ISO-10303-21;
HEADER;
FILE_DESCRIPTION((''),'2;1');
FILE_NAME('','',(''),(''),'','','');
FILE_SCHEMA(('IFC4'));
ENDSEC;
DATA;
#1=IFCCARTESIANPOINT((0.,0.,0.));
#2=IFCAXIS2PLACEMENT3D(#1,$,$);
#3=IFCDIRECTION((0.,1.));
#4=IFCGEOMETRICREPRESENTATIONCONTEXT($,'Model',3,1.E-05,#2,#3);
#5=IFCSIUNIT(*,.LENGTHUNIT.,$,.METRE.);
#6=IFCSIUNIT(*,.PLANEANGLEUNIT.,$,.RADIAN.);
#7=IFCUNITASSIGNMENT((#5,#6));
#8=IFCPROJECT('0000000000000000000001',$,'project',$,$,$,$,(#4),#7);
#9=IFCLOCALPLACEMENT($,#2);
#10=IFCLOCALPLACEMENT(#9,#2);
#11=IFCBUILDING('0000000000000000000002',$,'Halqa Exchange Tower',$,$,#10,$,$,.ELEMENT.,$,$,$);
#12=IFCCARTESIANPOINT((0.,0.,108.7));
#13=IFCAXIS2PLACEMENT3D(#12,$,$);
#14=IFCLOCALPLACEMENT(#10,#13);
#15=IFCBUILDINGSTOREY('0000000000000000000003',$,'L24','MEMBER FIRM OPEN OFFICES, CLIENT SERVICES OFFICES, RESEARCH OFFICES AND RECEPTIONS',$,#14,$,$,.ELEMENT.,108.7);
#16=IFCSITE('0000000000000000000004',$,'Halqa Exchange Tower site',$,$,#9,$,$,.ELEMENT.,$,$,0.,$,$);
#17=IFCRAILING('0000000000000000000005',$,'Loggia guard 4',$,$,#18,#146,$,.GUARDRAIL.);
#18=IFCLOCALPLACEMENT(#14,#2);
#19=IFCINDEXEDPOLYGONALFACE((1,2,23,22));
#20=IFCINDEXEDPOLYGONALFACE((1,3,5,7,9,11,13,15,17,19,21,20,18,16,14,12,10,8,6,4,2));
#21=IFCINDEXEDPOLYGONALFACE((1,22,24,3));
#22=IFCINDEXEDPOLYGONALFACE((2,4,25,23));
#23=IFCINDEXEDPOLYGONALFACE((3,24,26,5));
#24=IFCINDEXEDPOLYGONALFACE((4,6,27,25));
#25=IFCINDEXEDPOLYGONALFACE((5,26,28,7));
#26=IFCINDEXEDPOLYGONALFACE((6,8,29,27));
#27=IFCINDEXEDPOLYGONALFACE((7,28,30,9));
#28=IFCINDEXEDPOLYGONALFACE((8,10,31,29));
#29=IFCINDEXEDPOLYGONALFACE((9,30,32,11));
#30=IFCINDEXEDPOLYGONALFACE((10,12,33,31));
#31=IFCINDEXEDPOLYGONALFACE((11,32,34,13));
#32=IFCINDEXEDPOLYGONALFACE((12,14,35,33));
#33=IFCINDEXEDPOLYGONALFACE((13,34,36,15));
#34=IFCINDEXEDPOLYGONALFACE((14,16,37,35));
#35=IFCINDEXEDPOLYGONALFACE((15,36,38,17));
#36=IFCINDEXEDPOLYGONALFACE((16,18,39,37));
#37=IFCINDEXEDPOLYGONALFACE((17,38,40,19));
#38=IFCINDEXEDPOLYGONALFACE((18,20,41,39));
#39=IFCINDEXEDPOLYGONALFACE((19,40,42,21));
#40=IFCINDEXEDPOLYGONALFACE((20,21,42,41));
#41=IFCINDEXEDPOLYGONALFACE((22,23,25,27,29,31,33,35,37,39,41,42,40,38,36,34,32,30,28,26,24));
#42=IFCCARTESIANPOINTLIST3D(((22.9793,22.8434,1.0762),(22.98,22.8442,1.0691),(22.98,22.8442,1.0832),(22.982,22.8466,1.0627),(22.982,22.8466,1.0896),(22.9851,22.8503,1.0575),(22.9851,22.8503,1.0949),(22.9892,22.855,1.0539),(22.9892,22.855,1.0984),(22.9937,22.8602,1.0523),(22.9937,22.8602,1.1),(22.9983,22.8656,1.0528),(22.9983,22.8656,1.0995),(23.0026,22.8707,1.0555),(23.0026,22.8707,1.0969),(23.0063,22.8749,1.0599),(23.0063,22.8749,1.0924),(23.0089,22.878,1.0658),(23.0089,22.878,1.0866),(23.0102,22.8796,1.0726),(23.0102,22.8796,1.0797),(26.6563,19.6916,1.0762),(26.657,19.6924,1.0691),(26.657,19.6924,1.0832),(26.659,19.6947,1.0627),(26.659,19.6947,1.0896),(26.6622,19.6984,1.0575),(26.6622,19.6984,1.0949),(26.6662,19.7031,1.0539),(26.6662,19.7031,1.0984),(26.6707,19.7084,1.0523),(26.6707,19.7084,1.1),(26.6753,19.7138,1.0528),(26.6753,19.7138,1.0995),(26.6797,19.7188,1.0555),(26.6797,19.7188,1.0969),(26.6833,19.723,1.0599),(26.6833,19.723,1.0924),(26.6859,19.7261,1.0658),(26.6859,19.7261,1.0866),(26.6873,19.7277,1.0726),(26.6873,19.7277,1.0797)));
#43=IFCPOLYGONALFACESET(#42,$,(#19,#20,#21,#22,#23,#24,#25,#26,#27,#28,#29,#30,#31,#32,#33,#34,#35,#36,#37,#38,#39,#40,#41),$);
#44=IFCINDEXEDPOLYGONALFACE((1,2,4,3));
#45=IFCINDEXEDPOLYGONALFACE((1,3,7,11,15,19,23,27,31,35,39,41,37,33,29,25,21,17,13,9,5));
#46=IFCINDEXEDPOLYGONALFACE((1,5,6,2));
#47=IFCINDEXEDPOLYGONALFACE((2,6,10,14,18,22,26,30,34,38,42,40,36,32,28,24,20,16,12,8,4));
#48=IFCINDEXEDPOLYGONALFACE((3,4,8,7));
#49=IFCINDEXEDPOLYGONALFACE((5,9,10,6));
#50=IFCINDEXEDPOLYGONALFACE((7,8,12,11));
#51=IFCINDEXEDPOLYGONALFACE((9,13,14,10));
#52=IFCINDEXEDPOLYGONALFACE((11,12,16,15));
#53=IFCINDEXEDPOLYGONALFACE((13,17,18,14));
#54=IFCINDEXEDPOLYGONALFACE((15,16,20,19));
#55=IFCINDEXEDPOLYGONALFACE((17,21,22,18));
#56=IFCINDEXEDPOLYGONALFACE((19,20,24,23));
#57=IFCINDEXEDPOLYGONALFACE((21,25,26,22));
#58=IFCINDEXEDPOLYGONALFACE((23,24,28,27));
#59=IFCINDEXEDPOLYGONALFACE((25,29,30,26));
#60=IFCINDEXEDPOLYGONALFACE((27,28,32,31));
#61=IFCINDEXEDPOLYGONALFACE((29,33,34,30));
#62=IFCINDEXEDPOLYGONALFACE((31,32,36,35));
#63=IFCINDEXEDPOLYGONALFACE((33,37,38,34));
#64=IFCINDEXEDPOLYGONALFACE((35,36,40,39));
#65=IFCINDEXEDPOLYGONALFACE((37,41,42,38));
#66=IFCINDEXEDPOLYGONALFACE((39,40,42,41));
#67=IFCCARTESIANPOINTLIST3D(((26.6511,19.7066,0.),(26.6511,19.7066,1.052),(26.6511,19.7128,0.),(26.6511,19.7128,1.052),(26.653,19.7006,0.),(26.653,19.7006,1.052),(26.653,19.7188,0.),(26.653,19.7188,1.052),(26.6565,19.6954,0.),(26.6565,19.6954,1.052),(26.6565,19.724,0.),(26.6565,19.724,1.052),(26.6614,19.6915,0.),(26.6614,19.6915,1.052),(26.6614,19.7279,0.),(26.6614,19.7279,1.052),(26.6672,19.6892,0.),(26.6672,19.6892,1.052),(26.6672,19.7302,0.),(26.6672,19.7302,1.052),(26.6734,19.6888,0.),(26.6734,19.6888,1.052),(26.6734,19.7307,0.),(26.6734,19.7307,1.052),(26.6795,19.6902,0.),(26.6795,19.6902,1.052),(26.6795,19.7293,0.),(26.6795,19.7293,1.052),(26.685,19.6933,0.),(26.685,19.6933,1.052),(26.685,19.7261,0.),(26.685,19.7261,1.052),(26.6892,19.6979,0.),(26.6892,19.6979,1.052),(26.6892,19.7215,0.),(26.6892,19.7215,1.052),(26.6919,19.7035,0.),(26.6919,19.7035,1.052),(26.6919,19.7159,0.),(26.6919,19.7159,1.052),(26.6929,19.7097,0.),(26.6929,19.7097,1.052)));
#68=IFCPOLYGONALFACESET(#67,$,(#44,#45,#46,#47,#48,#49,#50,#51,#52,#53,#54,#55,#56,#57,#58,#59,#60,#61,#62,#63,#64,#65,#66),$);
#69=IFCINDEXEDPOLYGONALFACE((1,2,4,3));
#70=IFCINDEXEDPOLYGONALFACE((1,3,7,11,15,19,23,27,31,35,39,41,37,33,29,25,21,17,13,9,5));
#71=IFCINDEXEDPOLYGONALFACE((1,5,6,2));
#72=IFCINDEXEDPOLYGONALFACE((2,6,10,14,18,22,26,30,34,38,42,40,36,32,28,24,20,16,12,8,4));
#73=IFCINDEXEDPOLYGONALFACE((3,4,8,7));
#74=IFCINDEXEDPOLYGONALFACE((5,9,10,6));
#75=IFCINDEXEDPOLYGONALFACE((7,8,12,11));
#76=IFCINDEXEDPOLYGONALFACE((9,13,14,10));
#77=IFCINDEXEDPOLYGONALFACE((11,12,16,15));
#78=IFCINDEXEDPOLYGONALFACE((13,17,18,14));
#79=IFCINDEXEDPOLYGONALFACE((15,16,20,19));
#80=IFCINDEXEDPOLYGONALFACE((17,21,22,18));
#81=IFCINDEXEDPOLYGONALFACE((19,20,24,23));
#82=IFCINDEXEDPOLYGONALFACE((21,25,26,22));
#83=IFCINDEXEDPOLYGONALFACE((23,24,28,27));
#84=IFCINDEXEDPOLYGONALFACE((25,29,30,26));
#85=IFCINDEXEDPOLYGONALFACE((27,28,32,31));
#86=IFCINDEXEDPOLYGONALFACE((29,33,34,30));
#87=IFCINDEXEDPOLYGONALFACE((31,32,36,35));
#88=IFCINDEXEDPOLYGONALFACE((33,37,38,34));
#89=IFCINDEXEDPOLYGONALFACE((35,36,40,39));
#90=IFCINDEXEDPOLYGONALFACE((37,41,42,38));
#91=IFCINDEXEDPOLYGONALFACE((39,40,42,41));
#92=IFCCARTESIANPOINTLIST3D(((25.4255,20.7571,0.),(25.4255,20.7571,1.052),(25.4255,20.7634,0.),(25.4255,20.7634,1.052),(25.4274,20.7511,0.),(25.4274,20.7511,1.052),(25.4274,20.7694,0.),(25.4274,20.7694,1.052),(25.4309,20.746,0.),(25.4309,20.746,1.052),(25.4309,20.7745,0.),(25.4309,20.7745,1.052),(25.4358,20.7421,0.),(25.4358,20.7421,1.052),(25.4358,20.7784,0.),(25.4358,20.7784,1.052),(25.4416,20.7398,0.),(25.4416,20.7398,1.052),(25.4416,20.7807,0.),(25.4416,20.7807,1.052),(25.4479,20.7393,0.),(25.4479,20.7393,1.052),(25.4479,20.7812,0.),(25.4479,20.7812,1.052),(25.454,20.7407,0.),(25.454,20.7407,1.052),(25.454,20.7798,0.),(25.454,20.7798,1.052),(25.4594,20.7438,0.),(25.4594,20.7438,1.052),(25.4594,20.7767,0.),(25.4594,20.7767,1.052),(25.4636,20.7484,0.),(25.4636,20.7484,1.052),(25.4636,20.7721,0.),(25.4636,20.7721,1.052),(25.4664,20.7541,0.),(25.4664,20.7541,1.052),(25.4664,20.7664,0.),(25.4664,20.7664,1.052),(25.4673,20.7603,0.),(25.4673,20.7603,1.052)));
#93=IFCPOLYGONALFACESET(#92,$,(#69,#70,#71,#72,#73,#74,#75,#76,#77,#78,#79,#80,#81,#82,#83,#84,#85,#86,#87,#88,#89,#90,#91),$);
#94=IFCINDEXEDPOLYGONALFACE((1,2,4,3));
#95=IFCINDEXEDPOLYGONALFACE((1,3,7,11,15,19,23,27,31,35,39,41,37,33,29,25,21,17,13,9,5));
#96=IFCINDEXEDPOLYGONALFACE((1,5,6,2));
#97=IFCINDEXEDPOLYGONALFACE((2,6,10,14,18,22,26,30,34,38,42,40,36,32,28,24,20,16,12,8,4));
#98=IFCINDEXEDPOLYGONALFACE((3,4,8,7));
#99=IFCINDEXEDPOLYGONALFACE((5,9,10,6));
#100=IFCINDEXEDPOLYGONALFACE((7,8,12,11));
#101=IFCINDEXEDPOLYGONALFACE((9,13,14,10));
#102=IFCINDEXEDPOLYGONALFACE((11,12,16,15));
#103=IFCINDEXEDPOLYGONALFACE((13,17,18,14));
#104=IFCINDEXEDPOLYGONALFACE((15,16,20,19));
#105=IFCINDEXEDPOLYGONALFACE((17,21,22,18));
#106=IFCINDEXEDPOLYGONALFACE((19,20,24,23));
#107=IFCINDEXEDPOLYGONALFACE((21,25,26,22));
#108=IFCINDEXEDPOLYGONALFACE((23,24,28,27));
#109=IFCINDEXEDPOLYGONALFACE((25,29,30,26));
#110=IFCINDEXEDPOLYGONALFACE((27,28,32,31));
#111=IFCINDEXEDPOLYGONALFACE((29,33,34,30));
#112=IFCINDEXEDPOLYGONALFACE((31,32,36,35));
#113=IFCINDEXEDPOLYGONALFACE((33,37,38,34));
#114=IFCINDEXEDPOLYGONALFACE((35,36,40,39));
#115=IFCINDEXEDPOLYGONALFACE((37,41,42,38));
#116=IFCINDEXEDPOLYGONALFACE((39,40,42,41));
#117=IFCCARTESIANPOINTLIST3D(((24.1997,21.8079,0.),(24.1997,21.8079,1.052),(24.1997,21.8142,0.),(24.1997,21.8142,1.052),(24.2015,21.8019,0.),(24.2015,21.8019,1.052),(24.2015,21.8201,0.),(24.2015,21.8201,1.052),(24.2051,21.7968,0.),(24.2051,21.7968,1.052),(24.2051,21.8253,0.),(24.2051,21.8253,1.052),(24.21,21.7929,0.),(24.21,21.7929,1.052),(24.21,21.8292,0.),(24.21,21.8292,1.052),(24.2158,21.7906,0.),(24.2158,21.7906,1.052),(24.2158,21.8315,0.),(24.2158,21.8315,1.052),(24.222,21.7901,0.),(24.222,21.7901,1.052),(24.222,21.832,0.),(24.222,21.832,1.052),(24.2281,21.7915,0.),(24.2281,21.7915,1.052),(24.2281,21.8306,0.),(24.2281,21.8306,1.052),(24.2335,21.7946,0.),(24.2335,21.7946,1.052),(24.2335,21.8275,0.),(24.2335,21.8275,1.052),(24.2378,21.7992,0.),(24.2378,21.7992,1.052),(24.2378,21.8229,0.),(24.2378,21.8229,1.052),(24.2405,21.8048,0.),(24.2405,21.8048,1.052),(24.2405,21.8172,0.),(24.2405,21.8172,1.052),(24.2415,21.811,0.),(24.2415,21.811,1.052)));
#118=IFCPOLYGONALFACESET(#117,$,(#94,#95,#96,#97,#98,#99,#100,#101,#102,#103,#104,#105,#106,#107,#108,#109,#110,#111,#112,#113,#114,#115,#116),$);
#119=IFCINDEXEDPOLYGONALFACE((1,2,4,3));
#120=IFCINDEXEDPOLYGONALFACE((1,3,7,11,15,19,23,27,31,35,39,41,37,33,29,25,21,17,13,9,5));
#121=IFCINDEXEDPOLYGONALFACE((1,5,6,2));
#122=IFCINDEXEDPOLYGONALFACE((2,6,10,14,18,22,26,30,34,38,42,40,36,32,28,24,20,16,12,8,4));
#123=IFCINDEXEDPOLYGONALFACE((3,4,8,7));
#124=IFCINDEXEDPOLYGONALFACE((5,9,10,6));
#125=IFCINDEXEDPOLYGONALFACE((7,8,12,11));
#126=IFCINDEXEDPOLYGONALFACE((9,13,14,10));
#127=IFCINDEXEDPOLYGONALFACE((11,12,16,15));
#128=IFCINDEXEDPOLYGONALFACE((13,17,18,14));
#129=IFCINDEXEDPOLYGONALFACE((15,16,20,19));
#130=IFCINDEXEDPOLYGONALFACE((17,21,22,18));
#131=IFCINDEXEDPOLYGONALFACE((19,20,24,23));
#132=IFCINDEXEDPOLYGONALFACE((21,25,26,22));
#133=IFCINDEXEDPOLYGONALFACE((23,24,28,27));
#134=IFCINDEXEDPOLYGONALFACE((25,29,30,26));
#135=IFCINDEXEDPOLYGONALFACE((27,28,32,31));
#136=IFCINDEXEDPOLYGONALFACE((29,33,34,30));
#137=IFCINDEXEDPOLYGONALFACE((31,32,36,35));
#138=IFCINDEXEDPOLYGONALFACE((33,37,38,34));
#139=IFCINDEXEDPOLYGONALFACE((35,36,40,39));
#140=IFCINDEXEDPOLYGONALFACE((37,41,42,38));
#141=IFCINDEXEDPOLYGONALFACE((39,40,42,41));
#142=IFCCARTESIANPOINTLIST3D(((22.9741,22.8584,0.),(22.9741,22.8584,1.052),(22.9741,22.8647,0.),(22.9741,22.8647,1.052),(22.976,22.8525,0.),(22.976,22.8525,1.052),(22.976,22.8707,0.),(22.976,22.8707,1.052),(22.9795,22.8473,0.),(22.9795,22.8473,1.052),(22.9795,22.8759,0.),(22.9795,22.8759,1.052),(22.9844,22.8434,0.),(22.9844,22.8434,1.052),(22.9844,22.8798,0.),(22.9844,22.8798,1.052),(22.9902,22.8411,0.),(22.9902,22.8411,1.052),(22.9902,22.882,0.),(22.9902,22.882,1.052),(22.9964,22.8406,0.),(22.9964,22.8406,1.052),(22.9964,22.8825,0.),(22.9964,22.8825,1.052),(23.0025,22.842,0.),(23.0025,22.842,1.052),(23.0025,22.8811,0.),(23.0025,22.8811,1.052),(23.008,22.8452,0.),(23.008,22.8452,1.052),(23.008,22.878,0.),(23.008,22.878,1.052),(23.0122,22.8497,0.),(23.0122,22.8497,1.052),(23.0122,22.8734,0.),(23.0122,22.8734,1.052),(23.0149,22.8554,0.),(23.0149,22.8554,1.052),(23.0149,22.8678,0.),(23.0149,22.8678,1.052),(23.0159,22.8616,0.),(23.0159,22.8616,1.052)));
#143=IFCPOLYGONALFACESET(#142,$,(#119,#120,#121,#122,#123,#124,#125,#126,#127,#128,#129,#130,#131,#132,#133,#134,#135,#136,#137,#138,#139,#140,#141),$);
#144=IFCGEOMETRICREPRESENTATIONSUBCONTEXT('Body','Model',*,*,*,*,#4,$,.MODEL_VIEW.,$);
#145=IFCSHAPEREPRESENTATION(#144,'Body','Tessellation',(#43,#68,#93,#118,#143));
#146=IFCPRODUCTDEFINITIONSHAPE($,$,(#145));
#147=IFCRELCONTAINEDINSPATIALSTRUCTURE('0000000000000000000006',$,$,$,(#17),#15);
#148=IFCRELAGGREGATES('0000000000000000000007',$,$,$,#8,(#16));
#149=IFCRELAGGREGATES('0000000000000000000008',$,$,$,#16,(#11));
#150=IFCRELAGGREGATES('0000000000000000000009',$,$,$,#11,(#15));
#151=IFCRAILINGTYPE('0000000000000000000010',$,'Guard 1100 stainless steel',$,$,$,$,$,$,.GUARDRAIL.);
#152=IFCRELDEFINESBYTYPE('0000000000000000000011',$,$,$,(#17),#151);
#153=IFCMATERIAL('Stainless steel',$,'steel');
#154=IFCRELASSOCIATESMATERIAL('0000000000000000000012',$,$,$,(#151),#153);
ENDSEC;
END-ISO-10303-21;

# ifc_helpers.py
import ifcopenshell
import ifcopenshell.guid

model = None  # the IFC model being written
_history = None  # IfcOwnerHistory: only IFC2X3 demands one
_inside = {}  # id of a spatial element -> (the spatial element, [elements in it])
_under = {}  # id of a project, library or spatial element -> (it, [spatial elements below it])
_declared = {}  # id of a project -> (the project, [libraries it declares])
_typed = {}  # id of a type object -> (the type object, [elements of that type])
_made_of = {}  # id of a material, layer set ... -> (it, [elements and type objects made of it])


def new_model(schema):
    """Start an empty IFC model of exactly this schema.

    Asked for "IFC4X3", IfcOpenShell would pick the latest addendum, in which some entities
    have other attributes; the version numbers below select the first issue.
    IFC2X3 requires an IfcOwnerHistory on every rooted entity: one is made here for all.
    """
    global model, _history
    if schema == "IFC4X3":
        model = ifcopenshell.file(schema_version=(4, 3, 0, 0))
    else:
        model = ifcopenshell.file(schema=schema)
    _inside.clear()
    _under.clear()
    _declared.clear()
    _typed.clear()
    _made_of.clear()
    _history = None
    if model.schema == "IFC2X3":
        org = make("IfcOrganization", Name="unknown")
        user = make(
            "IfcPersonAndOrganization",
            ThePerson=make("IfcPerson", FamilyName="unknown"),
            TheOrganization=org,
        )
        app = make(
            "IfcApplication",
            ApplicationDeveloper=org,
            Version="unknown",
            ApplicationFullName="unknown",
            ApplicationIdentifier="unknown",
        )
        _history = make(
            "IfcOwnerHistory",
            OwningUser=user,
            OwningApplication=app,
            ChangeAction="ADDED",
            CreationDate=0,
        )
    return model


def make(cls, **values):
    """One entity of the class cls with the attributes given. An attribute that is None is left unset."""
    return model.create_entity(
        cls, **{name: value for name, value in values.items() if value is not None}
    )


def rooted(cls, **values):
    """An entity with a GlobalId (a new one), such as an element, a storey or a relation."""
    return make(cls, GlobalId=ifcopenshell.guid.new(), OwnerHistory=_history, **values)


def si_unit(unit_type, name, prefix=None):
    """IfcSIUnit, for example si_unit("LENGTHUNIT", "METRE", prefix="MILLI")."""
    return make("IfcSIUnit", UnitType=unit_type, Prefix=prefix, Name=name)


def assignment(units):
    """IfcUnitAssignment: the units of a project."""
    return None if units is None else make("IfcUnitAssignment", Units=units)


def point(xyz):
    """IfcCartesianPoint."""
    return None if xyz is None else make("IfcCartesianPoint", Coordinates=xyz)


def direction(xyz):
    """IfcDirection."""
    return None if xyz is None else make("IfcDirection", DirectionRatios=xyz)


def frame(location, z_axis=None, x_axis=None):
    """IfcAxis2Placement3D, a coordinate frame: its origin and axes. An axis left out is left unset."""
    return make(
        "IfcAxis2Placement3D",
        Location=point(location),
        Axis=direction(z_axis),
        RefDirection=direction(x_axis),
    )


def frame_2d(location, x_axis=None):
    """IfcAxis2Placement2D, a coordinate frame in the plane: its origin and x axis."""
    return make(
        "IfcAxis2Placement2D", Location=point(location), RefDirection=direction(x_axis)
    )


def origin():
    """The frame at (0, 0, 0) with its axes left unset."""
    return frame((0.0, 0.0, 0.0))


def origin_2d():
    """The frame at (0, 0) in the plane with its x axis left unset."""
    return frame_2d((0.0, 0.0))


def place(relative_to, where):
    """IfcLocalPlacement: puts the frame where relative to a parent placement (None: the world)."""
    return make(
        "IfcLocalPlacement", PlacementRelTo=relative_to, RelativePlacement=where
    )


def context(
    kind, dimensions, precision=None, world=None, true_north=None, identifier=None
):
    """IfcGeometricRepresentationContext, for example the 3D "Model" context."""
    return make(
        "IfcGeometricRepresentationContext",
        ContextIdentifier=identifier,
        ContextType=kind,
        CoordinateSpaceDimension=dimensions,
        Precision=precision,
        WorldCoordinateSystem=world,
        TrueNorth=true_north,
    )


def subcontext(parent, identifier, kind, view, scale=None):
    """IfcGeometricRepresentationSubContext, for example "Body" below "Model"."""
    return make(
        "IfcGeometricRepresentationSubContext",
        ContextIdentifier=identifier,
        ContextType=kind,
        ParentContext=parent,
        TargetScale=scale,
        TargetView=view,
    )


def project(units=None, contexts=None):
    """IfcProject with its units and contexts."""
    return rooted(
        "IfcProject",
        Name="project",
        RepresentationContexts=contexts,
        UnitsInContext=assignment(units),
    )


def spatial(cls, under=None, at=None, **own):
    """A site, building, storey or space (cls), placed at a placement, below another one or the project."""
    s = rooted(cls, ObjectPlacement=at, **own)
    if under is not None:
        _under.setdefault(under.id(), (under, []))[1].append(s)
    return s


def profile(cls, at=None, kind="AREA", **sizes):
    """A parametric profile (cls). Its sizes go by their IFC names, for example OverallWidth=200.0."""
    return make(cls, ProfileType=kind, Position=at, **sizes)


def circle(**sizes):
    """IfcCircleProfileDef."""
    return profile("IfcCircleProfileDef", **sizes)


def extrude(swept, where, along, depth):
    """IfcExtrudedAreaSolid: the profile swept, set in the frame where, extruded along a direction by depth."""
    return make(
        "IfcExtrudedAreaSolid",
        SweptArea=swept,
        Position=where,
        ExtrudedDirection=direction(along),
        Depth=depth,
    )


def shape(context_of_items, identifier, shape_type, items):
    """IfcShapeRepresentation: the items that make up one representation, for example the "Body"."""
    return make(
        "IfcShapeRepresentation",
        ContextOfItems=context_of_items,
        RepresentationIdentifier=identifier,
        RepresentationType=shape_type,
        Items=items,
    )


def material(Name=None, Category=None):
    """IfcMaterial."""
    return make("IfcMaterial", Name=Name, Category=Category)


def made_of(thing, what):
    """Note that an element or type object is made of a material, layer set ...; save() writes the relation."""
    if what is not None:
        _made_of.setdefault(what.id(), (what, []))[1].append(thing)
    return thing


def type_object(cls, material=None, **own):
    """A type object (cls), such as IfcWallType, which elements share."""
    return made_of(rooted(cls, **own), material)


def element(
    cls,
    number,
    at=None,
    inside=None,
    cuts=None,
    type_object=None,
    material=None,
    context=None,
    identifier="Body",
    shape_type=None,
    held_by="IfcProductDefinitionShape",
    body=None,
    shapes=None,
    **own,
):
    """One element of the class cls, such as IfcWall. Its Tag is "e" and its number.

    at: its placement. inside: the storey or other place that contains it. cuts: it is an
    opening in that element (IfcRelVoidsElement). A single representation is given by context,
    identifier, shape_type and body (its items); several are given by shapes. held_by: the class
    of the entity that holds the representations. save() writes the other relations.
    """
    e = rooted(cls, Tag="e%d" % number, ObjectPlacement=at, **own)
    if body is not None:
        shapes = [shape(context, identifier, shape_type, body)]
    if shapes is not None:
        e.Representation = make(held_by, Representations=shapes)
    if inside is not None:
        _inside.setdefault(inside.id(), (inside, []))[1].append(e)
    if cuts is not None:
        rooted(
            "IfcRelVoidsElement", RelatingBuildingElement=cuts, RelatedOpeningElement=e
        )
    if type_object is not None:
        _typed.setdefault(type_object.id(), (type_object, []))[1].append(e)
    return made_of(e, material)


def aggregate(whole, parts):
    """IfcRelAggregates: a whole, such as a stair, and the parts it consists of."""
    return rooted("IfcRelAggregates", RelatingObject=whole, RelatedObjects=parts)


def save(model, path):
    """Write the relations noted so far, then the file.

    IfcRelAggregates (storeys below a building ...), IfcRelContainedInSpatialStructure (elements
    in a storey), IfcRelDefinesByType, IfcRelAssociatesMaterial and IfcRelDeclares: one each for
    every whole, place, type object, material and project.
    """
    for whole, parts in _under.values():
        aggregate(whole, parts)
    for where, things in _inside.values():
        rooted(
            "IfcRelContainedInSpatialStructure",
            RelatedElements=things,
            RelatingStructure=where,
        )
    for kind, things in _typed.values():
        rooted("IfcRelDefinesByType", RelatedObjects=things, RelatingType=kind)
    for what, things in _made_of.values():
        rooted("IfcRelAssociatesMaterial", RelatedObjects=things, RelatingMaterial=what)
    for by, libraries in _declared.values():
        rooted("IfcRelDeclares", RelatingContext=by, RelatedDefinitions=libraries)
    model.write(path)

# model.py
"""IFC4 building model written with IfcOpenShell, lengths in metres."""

from ifc_helpers import new_model, si_unit, direction, frame, origin, origin_2d, place, context, subcontext, project, spatial, circle, extrude, material, type_object, element, save


model = new_model("IFC4")

# Units and contexts
model_context = context("Model", 3, precision=1e-05, world=origin(), true_north=direction((0.0, 1.0)))
body_context = subcontext(model_context, "Body", "Model", "MODEL_VIEW")
ifc_project = project(units=[si_unit("LENGTHUNIT", "METRE"), si_unit("PLANEANGLEUNIT", "RADIAN")], contexts=[model_context])

# Site, building, storey
site_placement = place(None, origin())
site = spatial("IfcSite", under=ifc_project, at=site_placement, Name="Halqa Exchange Tower site", CompositionType="ELEMENT", RefElevation=0.0)
building_placement = place(site_placement, origin())
building = spatial("IfcBuilding", under=site, at=building_placement, Name="Halqa Exchange Tower", CompositionType="ELEMENT")
storey_placement = place(building_placement, frame((0.0, 0.0, 108.7)))
storey = spatial("IfcBuildingStorey", under=building, at=storey_placement, Name="L24", Description="MEMBER FIRM OPEN OFFICES, CLIENT SERVICES OFFICES, RESEARCH OFFICES AND RECEPTIONS", CompositionType="ELEMENT", Elevation=108.7)

# Railing
ifc_material_1 = material(Name="Stainless steel", Category="steel")
railing_type = type_object("IfcRailingType", Name="Guard 1100 stainless steel", PredefinedType="GUARDRAIL", material=ifc_material_1)
railing_1_placement = place(storey_placement, frame((26.6719, 19.7097, 0.0)))
element("IfcRailing", 1, at=railing_1_placement, inside=storey, type_object=railing_type, Name="Loggia guard 4", PredefinedType="GUARDRAIL", context=body_context, shape_type="SweptSolid", body=[
    extrude(circle(Radius=0.0239, at=origin_2d()), frame((0.0, 0.0, 1.0762), z_axis=(-0.759242, 0.650808, 0.0), x_axis=(-0.650808, -0.759242, 0.0)), (0.0, 0.0, 1.0), 4.843),
    extrude(circle(Radius=0.021, at=origin_2d()), origin(), (0.0, 0.0, 1.0), 1.052),
    extrude(circle(Radius=0.021, at=origin_2d()), frame((-1.2256, 1.0505, 0.0)), (0.0, 0.0, 1.0), 1.052),
    extrude(circle(Radius=0.021, at=origin_2d()), frame((-2.4514, 2.1013, 0.0)), (0.0, 0.0, 1.0), 1.052),
    extrude(circle(Radius=0.021, at=origin_2d()), frame((-3.677, 3.1519, 0.0)), (0.0, 0.0, 1.0), 1.052),
])

save(model, "model.ifc")
